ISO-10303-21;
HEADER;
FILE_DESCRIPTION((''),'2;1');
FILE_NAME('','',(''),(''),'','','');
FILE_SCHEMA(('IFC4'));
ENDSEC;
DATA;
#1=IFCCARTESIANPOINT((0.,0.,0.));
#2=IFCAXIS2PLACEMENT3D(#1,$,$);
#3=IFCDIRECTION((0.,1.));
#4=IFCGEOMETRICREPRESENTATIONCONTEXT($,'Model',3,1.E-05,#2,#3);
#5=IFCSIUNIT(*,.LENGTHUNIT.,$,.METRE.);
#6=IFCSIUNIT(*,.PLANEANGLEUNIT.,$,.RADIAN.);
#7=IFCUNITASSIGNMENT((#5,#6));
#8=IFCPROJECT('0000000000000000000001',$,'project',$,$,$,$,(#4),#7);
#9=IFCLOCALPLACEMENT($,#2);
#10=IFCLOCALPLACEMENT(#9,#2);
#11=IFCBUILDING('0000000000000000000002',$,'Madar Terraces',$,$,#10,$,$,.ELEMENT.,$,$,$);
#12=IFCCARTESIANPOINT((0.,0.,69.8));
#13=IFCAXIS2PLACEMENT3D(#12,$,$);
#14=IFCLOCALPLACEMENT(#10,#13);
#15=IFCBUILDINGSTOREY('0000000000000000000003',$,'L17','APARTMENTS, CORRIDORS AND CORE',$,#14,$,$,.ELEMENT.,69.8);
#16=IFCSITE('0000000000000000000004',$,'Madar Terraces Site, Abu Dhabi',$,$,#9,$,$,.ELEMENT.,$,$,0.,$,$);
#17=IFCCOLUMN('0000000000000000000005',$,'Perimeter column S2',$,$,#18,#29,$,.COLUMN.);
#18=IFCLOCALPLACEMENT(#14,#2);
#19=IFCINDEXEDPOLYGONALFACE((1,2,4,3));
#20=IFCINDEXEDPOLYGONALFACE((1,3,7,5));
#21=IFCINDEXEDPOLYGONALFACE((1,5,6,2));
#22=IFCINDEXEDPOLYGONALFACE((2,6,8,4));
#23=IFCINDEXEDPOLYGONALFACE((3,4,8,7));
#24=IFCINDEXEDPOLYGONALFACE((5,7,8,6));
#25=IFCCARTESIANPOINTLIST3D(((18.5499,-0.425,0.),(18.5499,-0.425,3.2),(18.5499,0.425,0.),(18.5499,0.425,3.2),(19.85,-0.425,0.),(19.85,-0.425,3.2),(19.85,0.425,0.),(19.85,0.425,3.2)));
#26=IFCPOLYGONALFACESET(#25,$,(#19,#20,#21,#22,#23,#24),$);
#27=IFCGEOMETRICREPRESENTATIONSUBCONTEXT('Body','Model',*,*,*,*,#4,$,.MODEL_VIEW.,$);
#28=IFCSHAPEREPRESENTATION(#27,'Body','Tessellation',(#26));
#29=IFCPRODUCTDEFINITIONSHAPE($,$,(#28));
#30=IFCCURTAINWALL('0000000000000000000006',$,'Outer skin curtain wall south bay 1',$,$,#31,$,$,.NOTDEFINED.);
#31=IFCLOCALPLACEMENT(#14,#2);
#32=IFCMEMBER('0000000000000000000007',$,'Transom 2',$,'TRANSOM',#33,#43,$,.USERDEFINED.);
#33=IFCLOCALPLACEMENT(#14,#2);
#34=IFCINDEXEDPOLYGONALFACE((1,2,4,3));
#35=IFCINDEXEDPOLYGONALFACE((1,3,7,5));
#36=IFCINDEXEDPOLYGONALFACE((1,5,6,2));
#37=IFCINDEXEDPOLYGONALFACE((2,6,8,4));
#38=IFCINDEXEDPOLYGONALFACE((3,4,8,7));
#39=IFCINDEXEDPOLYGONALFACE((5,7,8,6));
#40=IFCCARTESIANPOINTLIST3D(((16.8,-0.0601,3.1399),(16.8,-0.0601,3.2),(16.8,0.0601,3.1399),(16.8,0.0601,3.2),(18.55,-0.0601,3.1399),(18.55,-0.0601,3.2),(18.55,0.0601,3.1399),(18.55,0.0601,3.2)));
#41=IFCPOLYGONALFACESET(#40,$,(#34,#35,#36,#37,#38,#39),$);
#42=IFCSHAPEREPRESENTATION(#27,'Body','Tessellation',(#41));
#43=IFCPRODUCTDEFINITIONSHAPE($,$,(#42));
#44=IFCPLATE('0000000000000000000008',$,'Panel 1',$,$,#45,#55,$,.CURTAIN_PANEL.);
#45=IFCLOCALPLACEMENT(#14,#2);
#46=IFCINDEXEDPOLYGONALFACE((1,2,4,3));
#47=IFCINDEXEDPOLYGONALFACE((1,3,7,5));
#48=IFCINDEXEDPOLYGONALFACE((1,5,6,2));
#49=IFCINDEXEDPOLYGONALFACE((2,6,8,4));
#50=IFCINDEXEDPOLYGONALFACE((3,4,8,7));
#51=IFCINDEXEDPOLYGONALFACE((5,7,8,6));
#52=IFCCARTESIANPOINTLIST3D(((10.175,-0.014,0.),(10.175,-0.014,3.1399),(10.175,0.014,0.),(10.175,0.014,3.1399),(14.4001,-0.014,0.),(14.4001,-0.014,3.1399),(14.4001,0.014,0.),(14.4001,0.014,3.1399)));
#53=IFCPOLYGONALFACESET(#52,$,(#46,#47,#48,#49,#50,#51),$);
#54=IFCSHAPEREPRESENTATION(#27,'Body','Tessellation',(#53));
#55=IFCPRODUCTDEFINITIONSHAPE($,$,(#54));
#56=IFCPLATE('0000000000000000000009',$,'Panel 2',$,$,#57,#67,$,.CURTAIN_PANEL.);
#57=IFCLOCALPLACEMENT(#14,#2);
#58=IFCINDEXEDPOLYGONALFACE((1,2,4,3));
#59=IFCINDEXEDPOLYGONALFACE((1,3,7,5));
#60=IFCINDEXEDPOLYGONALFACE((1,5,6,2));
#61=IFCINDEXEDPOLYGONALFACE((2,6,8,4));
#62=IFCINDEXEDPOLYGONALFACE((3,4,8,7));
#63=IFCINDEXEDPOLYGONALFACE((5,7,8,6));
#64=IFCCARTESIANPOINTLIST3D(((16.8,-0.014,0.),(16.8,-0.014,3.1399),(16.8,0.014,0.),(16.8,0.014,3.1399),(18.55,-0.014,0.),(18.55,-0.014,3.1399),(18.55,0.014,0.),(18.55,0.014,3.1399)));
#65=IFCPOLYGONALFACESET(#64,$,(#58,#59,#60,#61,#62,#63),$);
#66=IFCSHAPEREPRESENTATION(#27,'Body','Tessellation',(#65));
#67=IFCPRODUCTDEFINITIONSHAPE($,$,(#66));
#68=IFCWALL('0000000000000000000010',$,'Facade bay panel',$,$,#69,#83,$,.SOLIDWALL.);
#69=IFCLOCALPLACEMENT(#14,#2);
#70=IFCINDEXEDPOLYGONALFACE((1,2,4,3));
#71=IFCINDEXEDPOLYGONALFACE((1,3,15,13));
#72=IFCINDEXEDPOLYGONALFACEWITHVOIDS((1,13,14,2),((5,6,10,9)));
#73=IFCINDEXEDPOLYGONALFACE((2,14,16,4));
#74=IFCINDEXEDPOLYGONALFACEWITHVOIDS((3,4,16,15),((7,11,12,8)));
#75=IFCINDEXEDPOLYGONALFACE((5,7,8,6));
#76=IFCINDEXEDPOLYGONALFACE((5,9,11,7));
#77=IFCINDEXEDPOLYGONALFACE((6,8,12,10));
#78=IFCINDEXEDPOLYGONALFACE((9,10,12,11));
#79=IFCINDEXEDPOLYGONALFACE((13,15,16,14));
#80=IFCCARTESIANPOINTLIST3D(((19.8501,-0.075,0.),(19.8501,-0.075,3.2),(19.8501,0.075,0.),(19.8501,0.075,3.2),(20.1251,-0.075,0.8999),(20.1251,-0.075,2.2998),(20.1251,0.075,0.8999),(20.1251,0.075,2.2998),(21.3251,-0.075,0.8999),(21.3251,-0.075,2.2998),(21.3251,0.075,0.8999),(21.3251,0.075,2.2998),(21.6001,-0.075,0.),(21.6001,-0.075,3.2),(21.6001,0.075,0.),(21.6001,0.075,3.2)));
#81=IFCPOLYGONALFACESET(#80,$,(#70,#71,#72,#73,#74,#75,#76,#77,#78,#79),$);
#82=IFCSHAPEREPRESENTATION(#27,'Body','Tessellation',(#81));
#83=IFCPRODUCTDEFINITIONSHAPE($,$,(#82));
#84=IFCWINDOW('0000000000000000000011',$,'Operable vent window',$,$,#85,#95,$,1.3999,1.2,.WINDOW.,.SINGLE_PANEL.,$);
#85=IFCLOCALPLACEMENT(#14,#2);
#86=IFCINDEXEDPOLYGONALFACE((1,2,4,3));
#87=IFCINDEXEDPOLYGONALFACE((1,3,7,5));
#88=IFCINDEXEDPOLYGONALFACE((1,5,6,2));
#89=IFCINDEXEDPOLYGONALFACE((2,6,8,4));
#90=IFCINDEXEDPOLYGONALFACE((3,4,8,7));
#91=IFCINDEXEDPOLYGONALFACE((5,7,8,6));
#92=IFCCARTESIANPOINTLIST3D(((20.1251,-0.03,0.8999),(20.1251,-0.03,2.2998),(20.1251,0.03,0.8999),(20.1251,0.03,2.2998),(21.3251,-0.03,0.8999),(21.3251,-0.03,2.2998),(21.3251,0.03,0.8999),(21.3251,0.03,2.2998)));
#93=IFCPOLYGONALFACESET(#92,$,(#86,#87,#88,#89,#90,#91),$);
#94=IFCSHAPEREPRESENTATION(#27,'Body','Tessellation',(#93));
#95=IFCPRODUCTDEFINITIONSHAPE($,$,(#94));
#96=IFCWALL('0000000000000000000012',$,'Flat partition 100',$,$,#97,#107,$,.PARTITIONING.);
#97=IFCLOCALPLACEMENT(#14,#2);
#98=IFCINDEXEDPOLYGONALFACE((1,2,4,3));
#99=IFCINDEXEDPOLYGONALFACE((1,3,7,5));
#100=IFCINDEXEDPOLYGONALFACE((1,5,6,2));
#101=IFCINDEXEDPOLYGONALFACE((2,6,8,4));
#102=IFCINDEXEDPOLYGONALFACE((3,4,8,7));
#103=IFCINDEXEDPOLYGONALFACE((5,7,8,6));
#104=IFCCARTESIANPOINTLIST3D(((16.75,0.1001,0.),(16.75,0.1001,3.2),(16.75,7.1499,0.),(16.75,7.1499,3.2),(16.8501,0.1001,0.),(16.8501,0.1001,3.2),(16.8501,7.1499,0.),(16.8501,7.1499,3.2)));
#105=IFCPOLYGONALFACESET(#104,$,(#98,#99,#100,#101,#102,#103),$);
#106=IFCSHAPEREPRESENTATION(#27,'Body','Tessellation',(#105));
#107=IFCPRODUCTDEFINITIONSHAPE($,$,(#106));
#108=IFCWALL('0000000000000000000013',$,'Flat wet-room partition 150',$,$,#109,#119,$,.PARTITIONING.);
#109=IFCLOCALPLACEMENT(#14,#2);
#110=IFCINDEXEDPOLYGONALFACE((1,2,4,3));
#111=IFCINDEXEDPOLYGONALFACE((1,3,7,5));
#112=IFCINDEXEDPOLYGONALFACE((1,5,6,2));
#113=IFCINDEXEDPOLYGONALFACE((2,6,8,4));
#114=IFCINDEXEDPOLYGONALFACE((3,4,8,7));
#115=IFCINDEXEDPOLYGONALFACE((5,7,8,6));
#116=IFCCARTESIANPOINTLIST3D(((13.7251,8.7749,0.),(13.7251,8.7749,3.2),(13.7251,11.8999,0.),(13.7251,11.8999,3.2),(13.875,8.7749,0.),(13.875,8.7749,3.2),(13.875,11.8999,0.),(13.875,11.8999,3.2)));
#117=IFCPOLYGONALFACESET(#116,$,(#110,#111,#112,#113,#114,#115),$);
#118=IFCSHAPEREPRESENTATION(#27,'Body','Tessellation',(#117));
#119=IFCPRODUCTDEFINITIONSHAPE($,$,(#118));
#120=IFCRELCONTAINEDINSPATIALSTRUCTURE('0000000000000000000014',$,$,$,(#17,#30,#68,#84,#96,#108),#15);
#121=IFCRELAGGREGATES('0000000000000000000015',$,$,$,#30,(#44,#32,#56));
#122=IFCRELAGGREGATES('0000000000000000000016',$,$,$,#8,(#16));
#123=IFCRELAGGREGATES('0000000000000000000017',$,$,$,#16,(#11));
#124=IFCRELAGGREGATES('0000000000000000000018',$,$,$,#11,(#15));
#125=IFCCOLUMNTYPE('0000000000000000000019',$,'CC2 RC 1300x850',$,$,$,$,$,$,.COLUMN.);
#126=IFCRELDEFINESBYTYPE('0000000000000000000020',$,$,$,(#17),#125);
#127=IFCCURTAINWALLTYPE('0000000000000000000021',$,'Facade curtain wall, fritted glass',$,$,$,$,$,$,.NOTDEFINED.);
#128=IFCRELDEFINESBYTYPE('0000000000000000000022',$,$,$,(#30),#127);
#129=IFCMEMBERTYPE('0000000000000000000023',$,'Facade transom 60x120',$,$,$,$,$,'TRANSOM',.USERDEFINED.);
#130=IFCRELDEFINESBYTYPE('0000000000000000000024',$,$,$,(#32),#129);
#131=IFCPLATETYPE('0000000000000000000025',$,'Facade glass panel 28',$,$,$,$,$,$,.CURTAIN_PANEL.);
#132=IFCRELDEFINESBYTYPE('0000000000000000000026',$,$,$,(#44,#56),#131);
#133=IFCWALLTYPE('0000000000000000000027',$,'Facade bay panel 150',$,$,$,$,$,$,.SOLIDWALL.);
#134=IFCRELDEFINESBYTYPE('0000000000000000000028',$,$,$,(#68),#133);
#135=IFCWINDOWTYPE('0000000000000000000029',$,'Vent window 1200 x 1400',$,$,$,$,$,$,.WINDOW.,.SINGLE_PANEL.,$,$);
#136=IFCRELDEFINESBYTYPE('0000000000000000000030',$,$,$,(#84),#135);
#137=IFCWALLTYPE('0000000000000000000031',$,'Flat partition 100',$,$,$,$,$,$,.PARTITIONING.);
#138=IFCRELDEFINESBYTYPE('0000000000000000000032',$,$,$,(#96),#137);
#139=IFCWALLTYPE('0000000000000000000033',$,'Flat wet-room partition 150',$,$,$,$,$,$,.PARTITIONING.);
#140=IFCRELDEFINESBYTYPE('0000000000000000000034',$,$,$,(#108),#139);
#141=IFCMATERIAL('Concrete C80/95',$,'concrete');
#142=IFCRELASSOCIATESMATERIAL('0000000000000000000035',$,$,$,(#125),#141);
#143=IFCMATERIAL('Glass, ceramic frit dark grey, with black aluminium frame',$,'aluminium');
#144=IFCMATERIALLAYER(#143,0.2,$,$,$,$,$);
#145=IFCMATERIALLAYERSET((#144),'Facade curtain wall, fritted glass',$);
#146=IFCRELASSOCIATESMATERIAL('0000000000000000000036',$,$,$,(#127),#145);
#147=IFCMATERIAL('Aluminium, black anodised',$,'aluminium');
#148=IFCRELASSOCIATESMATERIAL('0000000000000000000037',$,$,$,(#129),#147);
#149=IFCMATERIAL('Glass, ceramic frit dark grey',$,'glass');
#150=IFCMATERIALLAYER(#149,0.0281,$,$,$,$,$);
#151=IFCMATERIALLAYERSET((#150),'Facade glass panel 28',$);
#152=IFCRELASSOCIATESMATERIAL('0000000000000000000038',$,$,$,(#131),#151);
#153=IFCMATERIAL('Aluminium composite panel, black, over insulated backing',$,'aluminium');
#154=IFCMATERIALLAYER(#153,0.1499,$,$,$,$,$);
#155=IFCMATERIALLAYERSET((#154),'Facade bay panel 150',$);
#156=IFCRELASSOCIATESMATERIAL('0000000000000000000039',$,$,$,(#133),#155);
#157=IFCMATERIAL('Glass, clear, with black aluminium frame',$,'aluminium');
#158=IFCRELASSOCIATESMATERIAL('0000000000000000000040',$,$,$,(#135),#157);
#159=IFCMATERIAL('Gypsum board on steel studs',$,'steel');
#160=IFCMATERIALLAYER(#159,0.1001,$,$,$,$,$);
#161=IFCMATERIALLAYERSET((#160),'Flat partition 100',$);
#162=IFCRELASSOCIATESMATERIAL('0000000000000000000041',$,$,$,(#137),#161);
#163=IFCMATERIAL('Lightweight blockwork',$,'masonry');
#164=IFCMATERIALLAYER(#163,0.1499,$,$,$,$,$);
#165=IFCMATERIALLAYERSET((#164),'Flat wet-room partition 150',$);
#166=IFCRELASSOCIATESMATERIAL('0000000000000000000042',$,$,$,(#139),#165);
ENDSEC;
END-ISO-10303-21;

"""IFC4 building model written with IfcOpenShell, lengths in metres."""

from ifc_helpers import new_model, si_unit, direction, frame, frame_2d, origin, origin_2d, place, context, subcontext, project, spatial, rectangle, extrude, material, layer, layer_set, material_profile, profile_set, type_object, element, fill, aggregate, save


model = new_model("IFC4")

# Units and contexts
model_context = context("Model", 3, precision=1e-05, world=origin(), true_north=direction((0.0, 1.0)))
body_context = subcontext(model_context, "Body", "Model", "MODEL_VIEW")
ifc_project = project(units=[si_unit("LENGTHUNIT", "METRE"), si_unit("PLANEANGLEUNIT", "RADIAN")], contexts=[model_context])

# Site, building, storey
site_placement = place(None, origin())
site = spatial("IfcSite", under=ifc_project, at=site_placement, Name="Madar Terraces Site, Abu Dhabi", CompositionType="ELEMENT", RefElevation=0.0)
building_placement = place(site_placement, origin())
building = spatial("IfcBuilding", under=site, at=building_placement, Name="Madar Terraces", CompositionType="ELEMENT")
storey_placement = place(building_placement, frame((0.0, 0.0, 69.8)))
storey = spatial("IfcBuildingStorey", under=building, at=storey_placement, Name="L17", Description="APARTMENTS, CORRIDORS AND CORE", CompositionType="ELEMENT", Elevation=69.8)

# Column
ifc_material_1 = material(Name="Concrete C80/95", Category="concrete")
ifc_material_profile_1 = material_profile(ifc_material_1, rectangle(XDim=1.3, YDim=0.8501, at=origin_2d()), Name="CC2 RC 1300x850")
ifc_profile_set_1 = profile_set([ifc_material_profile_1], Name="Concrete C80/95")
column_type = type_object("IfcColumnType", Name="CC2 RC 1300x850", PredefinedType="COLUMN", material=ifc_profile_set_1)
column_placement = place(storey_placement, frame((19.2, 0.0, 0.0), z_axis=(0.0, 0.0, 1.0), x_axis=(1.0, 0.0, 0.0)))
element("IfcColumn", 1, at=column_placement, inside=storey, type_object=column_type, Name="Perimeter column S2", PredefinedType="COLUMN", context=body_context, shape_type="SweptSolid", body=[
    extrude(rectangle(XDim=1.3, YDim=0.8501, at=origin_2d()), origin(), (0.0, 0.0, 1.0), 3.2),
])

# Curtain wall, member, plates
ifc_material_2 = material(Name="Glass, ceramic frit dark grey, with black aluminium frame", Category="aluminium")
ifc_layer_1 = layer(ifc_material_2, 0.2)
ifc_layer_set_1 = layer_set([ifc_layer_1], Name="Facade curtain wall, fritted glass")
curtain_wall_type = type_object("IfcCurtainWallType", Name="Facade curtain wall, fritted glass", PredefinedType="NOTDEFINED", material=ifc_layer_set_1)
curtain_wall_placement = place(storey_placement, origin())
curtain_wall = element("IfcCurtainWall", 2, at=curtain_wall_placement, inside=storey, type_object=curtain_wall_type, Name="Outer skin curtain wall south bay 1", PredefinedType="NOTDEFINED")
ifc_material_3 = material(Name="Aluminium, black anodised", Category="aluminium")
ifc_material_profile_2 = material_profile(ifc_material_3, rectangle(XDim=0.1201, YDim=0.0601, at=origin_2d()), Name="Facade transom 60x120")
ifc_profile_set_2 = profile_set([ifc_material_profile_2], Name="Aluminium, black anodised")
member_type = type_object("IfcMemberType", Name="Facade transom 60x120", ElementType="TRANSOM", PredefinedType="USERDEFINED", material=ifc_profile_set_2)
member_placement = place(storey_placement, frame((16.8, 0.0, 3.1699), z_axis=(1.0, 0.0, 0.0), x_axis=(0.0, 1.0, 0.0)))
member = element("IfcMember", 3, at=member_placement, type_object=member_type, Name="Transom 2", ObjectType="TRANSOM", PredefinedType="USERDEFINED", context=body_context, shape_type="SweptSolid", body=[
    extrude(rectangle(XDim=0.1201, YDim=0.0601, at=origin_2d()), origin(), (0.0, 0.0, 1.0), 1.75),
])
ifc_material_4 = material(Name="Glass, ceramic frit dark grey", Category="glass")
ifc_layer_2 = layer(ifc_material_4, 0.0281)
ifc_layer_set_2 = layer_set([ifc_layer_2], Name="Facade glass panel 28")
plate_type = type_object("IfcPlateType", Name="Facade glass panel 28", PredefinedType="CURTAIN_PANEL", material=ifc_layer_set_2)
plate_1_placement = place(storey_placement, frame((12.2876, 0.0, 0.0), z_axis=(0.0, 0.0, 1.0), x_axis=(1.0, 0.0, 0.0)))
plate_1 = element("IfcPlate", 4, at=plate_1_placement, type_object=plate_type, Name="Panel 1", PredefinedType="CURTAIN_PANEL", context=body_context, shape_type="SweptSolid", body=[
    extrude(rectangle(XDim=4.2251, YDim=0.0281, at=origin_2d()), origin(), (0.0, 0.0, 1.0), 3.1399),
])
plate_2_placement = place(storey_placement, frame((17.675, 0.0, 0.0), z_axis=(0.0, 0.0, 1.0), x_axis=(1.0, 0.0, 0.0)))
plate_2 = element("IfcPlate", 5, at=plate_2_placement, type_object=plate_type, Name="Panel 2", PredefinedType="CURTAIN_PANEL", context=body_context, shape_type="SweptSolid", body=[
    extrude(rectangle(XDim=1.75, YDim=0.0281, at=origin_2d()), origin(), (0.0, 0.0, 1.0), 3.1399),
])
aggregate(curtain_wall, [plate_1, member, plate_2])

# Shared definitions
ifc_material_5 = material(Name="Aluminium composite panel, black, over insulated backing", Category="aluminium")
ifc_layer_3 = layer(ifc_material_5, 0.1499)
ifc_layer_set_3 = layer_set([ifc_layer_3], Name="Facade bay panel 150")
wall_type_1 = type_object("IfcWallType", Name="Facade bay panel 150", PredefinedType="SOLIDWALL", material=ifc_layer_set_3)

# Wall, opening, window
wall_1_placement = place(storey_placement, frame((19.8501, 0.0, 0.0), z_axis=(0.0, 0.0, 1.0), x_axis=(1.0, 0.0, 0.0)))
wall_1 = element("IfcWall", 6, at=wall_1_placement, inside=storey, type_object=wall_type_1, Name="Facade bay panel", PredefinedType="SOLIDWALL", context=body_context, shape_type="SweptSolid", body=[
    extrude(rectangle(XDim=1.75, YDim=0.1499, at=frame_2d((0.875, 0.0))), origin(), (0.0, 0.0, 1.0), 3.2),
])
opening_1_placement = place(wall_1_placement, frame((0.2749, 0.0, 0.8999)))
opening_1 = element("IfcOpeningElement", 7, at=opening_1_placement, cuts=wall_1, PredefinedType="OPENING", context=body_context, shape_type="SweptSolid", body=[
    extrude(rectangle(XDim=1.2, YDim=1.3999, at=frame_2d((0.6001, 0.7))), frame((0.0, 0.085, 0.0), z_axis=(0.0, -1.0, 0.0), x_axis=(1.0, 0.0, 0.0)), (0.0, 0.0, 1.0), 0.1699),
])
ifc_material_6 = material(Name="Glass, clear, with black aluminium frame", Category="aluminium")
window_type = type_object("IfcWindowType", Name="Vent window 1200 x 1400", PartitioningType="SINGLE_PANEL", PredefinedType="WINDOW", material=ifc_material_6)
window_placement = place(opening_1_placement, origin())
window = element("IfcWindow", 8, at=window_placement, inside=storey, type_object=window_type, Name="Operable vent window", OverallHeight=1.3999, OverallWidth=1.2, PartitioningType="SINGLE_PANEL", PredefinedType="WINDOW", context=body_context, shape_type="SweptSolid", body=[
    extrude(rectangle(XDim=1.2, YDim=1.3999, at=frame_2d((0.6001, 0.7))), frame((0.0, 0.03, 0.0), z_axis=(0.0, -1.0, 0.0), x_axis=(1.0, 0.0, 0.0)), (0.0, 0.0, 1.0), 0.0601),
])
fill(opening_1, window)

# Walls
ifc_material_7 = material(Name="Gypsum board on steel studs", Category="steel")
ifc_layer_4 = layer(ifc_material_7, 0.1001)
ifc_layer_set_4 = layer_set([ifc_layer_4], Name="Flat partition 100")
wall_type_2 = type_object("IfcWallType", Name="Flat partition 100", PredefinedType="PARTITIONING", material=ifc_layer_set_4)
wall_2_placement = place(storey_placement, frame((16.8, 7.1499, 0.0), z_axis=(0.0, 0.0, 1.0), x_axis=(0.0, -1.0, 0.0)))
element("IfcWall", 9, at=wall_2_placement, inside=storey, type_object=wall_type_2, Name="Flat partition 100", PredefinedType="PARTITIONING", context=body_context, shape_type="SweptSolid", body=[
    extrude(rectangle(XDim=7.0498, YDim=0.1001, at=frame_2d((3.5249, 0.0))), origin(), (0.0, 0.0, 1.0), 3.2),
])
ifc_material_8 = material(Name="Lightweight blockwork", Category="masonry")
ifc_layer_5 = layer(ifc_material_8, 0.1499)
ifc_layer_set_5 = layer_set([ifc_layer_5], Name="Flat wet-room partition 150")
wall_type_3 = type_object("IfcWallType", Name="Flat wet-room partition 150", PredefinedType="PARTITIONING", material=ifc_layer_set_5)
wall_3_placement = place(storey_placement, frame((13.8, 11.8999, 0.0), z_axis=(0.0, 0.0, 1.0), x_axis=(0.0, -1.0, 0.0)))
element("IfcWall", 10, at=wall_3_placement, inside=storey, type_object=wall_type_3, Name="Flat wet-room partition 150", PredefinedType="PARTITIONING", context=body_context, shape_type="SweptSolid", body=[
    extrude(rectangle(XDim=3.125, YDim=0.1499, at=frame_2d((1.5625, 0.0))), origin(), (0.0, 0.0, 1.0), 3.2),
])

save(model, "model.ifc")
